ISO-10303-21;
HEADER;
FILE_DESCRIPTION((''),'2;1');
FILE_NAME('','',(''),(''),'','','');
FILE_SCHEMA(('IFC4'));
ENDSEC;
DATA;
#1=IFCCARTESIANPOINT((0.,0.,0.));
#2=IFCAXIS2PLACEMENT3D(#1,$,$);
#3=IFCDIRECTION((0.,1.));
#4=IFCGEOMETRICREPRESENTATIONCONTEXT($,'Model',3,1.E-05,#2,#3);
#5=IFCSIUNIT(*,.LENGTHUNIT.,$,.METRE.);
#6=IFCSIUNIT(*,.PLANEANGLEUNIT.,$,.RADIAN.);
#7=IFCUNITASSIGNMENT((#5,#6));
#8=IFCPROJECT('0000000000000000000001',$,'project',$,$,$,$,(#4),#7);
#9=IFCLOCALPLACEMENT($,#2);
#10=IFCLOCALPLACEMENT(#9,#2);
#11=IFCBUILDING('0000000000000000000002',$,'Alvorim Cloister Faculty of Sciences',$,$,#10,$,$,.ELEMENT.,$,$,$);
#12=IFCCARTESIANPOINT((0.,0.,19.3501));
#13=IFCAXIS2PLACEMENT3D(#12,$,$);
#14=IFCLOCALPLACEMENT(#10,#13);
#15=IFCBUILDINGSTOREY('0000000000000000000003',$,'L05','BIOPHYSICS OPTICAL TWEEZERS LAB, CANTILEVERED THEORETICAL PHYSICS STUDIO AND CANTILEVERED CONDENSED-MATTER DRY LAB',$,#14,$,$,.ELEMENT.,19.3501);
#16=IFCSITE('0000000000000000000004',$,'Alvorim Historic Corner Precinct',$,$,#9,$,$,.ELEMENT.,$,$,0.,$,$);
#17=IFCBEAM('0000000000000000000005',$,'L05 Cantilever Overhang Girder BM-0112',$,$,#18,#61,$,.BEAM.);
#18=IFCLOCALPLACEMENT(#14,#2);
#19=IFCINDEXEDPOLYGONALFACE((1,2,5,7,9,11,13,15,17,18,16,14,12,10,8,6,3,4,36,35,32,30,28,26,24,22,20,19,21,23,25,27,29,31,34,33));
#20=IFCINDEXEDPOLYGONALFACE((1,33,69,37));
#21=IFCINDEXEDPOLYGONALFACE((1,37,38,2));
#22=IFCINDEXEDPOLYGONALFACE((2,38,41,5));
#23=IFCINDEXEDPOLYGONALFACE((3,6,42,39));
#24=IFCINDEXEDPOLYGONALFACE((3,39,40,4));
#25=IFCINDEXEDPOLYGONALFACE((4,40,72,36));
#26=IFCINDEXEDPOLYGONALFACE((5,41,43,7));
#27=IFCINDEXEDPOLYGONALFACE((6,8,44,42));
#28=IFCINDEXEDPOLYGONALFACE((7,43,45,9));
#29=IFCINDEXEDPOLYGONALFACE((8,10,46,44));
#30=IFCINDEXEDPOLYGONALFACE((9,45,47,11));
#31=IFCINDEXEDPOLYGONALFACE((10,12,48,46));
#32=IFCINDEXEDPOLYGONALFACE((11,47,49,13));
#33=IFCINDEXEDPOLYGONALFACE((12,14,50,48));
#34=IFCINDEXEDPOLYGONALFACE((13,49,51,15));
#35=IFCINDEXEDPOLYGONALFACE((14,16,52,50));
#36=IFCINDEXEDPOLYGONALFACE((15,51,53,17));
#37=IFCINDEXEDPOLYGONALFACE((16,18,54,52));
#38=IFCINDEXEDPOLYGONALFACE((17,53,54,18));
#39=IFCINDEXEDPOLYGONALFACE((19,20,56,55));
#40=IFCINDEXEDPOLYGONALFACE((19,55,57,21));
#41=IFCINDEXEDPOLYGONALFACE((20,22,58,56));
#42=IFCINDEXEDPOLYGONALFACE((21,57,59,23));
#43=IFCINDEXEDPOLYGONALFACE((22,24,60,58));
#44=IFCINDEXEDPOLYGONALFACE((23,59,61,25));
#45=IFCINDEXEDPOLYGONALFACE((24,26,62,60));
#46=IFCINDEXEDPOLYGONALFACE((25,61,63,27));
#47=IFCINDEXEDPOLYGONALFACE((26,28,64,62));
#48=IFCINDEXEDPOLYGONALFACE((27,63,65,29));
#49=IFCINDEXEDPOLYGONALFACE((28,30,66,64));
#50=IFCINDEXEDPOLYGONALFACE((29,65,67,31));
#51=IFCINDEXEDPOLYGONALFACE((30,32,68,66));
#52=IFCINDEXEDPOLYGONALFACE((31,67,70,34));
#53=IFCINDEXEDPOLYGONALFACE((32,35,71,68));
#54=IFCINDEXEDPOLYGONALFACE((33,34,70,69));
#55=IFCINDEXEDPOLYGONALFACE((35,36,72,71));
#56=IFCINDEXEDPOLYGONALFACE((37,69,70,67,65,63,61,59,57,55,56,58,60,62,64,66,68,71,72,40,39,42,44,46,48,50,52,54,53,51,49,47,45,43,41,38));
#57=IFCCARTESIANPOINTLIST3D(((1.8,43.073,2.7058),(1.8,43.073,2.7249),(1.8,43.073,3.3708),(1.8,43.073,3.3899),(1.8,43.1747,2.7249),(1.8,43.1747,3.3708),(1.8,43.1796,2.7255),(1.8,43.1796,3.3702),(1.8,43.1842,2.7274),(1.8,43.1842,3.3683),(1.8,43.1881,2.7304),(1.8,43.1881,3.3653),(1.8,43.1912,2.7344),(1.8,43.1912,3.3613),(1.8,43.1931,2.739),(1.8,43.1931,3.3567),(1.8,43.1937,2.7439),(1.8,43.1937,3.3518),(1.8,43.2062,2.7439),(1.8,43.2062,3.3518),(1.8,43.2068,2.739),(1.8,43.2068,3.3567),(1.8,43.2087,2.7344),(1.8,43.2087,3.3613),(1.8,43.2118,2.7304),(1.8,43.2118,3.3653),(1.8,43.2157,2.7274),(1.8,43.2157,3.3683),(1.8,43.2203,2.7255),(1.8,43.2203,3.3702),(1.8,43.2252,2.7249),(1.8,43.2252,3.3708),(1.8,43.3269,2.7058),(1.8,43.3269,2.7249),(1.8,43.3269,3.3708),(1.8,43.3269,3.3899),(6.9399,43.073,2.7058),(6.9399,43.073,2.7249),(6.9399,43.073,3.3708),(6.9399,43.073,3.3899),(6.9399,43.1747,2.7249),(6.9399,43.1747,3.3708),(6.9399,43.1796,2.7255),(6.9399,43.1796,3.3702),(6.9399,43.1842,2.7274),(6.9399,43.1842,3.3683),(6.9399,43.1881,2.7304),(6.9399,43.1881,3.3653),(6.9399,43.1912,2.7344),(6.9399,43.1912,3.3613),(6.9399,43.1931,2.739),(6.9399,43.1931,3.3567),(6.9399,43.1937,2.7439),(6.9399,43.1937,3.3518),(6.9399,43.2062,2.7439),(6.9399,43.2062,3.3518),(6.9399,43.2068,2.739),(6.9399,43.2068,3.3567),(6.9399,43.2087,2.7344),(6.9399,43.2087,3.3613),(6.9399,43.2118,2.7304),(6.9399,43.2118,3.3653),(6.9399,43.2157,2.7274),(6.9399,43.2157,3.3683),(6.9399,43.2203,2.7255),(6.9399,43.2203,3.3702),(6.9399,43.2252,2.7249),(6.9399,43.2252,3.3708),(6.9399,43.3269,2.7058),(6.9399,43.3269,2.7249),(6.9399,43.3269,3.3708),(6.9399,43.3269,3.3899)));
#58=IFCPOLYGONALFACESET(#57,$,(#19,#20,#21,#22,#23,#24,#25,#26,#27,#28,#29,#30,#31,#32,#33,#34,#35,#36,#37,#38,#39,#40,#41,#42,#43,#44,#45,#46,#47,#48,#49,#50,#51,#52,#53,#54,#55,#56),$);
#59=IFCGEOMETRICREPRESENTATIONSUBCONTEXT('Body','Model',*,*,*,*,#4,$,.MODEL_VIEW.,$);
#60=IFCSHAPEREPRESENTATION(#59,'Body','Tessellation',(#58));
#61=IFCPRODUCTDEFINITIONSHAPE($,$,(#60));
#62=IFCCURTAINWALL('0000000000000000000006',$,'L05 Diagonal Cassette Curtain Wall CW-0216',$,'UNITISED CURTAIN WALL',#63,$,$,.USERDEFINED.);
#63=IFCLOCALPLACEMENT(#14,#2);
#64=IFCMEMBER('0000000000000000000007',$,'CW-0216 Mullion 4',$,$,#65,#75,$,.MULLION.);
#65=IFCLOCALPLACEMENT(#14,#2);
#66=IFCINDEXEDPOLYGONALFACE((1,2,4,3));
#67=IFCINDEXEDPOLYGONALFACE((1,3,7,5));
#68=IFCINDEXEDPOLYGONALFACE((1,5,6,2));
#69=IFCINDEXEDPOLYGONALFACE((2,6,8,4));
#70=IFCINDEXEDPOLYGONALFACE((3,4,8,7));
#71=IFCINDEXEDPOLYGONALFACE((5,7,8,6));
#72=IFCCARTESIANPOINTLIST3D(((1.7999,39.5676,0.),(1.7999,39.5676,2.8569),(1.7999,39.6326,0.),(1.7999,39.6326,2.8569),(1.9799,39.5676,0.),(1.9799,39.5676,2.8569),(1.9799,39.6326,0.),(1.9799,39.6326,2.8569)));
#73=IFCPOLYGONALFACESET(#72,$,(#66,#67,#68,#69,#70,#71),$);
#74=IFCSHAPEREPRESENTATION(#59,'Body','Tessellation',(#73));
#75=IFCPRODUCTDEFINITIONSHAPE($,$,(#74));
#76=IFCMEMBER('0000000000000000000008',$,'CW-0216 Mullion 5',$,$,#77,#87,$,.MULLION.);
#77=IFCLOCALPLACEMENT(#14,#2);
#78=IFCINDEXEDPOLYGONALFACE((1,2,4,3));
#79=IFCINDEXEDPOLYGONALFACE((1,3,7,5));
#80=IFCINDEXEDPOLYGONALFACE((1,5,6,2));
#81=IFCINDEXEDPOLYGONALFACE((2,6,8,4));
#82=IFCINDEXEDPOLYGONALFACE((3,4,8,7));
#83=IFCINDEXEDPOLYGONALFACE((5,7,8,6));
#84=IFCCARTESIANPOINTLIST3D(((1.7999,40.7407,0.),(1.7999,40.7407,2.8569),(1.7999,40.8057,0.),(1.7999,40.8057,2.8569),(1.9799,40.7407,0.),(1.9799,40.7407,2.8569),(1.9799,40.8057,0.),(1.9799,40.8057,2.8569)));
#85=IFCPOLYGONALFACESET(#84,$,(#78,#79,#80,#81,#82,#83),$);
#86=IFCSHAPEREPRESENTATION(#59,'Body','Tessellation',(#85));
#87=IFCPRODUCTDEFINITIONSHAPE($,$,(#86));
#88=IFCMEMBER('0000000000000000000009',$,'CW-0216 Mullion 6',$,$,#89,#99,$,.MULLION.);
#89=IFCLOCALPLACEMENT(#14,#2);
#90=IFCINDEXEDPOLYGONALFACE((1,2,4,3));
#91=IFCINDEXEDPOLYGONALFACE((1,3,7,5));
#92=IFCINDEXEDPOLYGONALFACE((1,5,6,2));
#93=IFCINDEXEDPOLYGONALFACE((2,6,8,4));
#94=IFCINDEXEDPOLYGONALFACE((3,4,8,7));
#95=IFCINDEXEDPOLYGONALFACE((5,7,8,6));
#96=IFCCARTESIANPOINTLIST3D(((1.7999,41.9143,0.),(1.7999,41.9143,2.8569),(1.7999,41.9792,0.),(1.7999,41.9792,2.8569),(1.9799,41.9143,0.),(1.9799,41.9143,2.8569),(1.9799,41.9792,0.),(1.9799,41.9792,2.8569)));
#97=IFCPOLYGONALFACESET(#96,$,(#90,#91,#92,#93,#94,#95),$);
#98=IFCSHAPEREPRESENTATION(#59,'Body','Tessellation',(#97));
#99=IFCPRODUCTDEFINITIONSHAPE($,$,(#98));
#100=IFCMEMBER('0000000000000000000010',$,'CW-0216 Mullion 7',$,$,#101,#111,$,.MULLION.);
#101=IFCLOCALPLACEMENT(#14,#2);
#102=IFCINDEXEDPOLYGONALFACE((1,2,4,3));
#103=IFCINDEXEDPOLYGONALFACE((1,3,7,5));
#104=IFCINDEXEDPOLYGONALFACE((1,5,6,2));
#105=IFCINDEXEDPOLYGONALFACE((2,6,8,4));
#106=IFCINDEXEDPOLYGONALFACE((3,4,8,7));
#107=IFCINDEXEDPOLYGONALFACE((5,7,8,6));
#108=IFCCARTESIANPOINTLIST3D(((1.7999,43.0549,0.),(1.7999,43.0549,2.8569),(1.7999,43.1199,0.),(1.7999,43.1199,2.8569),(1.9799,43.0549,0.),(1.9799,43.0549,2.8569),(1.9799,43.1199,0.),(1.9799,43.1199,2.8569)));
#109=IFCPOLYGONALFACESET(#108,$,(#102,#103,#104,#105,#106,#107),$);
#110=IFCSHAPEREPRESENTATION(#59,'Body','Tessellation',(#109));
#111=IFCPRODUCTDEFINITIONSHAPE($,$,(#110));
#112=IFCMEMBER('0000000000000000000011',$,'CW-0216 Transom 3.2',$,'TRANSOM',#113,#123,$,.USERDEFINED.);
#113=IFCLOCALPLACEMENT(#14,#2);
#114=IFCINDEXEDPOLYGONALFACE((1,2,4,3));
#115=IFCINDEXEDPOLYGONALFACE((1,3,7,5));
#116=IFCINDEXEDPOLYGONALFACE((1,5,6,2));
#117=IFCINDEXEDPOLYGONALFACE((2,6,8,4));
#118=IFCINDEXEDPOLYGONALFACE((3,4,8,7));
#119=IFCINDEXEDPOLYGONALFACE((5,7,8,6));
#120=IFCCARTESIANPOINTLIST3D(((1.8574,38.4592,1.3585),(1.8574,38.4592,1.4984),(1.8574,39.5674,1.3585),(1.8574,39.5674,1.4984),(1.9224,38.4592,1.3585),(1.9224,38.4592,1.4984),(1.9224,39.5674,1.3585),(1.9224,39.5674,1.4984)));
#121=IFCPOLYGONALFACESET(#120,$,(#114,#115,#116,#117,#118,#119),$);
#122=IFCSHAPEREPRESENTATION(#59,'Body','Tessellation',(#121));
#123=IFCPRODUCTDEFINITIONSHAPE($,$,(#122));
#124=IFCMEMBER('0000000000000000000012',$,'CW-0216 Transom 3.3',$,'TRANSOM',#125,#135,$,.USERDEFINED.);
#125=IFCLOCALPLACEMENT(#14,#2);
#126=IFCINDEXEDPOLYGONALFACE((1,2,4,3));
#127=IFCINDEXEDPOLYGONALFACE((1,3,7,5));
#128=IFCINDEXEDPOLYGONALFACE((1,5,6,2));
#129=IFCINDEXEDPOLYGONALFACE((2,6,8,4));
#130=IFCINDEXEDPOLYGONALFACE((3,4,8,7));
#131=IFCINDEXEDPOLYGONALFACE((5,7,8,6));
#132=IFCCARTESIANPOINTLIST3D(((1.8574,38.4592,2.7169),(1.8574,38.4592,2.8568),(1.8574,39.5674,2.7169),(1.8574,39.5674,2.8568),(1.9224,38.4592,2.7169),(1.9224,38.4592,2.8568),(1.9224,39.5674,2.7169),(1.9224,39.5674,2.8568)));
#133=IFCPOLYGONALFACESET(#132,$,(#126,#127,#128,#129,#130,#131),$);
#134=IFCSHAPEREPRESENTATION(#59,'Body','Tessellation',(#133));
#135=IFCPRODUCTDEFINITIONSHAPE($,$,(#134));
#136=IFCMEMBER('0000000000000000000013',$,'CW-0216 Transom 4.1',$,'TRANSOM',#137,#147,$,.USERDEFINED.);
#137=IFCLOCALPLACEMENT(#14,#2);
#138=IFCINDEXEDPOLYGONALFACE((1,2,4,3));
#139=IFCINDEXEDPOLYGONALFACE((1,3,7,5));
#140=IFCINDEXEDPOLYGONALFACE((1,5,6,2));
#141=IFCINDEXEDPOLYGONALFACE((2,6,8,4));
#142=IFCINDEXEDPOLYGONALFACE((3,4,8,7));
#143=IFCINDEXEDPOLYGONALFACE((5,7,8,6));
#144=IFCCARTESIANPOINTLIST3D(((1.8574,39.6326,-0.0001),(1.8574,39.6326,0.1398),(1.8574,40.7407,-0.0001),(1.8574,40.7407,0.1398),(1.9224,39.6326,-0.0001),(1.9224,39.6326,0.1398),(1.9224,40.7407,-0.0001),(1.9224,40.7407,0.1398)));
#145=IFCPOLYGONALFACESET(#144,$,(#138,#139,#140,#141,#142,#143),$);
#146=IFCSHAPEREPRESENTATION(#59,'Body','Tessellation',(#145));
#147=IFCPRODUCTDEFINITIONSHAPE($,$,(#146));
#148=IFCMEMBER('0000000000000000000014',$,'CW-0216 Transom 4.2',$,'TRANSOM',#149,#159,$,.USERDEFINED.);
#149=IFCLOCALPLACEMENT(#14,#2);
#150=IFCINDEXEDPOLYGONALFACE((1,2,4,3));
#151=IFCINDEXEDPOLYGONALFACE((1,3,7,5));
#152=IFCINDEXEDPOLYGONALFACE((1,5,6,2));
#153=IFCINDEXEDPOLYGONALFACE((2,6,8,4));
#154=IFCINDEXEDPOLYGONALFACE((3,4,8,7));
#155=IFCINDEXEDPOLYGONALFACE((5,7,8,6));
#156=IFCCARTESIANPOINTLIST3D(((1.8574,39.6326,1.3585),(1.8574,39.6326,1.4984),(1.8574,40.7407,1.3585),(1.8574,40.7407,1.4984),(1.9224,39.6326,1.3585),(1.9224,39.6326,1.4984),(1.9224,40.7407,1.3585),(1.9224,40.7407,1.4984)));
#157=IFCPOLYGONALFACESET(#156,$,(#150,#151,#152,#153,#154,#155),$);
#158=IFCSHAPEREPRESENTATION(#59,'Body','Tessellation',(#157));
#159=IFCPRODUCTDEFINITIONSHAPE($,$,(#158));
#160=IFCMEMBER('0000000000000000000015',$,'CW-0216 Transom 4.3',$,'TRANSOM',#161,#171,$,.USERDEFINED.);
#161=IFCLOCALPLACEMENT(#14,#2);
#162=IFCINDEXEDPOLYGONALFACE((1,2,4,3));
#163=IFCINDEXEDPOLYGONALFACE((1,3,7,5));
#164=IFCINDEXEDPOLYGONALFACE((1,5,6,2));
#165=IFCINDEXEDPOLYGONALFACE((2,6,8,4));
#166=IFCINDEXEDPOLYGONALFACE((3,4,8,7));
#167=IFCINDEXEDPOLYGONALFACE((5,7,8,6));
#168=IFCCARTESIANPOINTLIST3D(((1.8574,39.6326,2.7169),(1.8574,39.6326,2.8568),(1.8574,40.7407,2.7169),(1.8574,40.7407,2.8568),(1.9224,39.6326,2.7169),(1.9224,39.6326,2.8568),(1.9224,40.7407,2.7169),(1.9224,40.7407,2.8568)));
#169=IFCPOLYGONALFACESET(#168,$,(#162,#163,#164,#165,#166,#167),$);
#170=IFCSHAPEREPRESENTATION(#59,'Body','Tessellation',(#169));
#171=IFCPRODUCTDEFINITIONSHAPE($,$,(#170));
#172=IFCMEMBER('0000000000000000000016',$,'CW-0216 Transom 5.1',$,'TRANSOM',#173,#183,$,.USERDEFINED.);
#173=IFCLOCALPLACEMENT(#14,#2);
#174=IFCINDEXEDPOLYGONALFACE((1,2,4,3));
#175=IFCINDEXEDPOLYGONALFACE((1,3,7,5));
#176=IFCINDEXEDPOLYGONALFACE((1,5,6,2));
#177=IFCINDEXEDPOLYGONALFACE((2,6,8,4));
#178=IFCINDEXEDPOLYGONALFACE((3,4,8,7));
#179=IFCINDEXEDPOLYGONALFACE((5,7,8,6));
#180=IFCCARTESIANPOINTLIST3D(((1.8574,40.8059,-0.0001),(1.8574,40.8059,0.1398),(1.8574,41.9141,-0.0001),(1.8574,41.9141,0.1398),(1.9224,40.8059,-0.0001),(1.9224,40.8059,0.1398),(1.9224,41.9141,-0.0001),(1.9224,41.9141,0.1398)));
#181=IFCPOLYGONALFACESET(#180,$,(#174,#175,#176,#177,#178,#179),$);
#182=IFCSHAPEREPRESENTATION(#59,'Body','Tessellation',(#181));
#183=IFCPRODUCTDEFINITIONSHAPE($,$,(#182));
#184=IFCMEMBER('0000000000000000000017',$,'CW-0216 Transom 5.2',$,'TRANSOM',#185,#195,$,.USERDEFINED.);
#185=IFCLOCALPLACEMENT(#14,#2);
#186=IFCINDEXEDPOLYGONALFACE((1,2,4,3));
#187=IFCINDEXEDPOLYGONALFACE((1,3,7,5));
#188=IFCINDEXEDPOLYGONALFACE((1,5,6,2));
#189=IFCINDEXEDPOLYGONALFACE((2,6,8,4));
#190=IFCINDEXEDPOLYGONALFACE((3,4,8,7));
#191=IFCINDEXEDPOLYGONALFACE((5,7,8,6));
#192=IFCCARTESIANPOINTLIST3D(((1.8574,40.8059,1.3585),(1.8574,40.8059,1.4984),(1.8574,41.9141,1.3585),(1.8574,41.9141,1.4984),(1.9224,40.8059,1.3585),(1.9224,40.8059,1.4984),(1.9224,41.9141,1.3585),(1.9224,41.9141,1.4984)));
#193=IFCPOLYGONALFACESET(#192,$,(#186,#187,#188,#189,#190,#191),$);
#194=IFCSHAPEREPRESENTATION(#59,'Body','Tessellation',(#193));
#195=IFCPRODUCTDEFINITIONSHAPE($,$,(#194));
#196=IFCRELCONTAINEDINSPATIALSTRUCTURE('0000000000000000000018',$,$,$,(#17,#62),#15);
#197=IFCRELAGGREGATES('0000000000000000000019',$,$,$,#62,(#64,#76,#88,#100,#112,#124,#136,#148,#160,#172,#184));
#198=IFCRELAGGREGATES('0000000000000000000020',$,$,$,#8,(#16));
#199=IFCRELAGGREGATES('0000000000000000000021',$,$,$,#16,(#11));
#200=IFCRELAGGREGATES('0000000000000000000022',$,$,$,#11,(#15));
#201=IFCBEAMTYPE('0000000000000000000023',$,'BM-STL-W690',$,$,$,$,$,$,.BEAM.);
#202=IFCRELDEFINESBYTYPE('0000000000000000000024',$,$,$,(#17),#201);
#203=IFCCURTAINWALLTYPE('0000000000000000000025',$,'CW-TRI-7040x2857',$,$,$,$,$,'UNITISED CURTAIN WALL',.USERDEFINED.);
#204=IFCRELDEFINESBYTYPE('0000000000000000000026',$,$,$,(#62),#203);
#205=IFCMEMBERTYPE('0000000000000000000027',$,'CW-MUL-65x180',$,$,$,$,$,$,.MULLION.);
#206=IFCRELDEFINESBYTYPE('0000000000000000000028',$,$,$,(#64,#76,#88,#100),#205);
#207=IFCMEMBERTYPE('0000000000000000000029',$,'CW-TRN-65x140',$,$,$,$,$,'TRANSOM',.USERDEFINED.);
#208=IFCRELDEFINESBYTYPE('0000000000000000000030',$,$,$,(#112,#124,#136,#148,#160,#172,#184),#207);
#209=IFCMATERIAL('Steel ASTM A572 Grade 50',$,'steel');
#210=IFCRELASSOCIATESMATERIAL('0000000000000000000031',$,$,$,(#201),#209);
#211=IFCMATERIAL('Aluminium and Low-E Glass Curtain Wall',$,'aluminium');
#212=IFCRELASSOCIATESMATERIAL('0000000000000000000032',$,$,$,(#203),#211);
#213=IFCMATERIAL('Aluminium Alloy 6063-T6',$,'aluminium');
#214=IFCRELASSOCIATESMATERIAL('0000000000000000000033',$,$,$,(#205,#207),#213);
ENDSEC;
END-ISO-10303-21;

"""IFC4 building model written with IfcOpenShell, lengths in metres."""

from ifc_helpers import new_model, si_unit, direction, frame, origin, origin_2d, place, context, subcontext, project, spatial, rectangle, i_section, extrude, material, material_profile, profile_set, type_object, element, aggregate, save


model = new_model("IFC4")

# Units and contexts
model_context = context("Model", 3, precision=1e-05, world=origin(), true_north=direction((0.0, 1.0)))
body_context = subcontext(model_context, "Body", "Model", "MODEL_VIEW")
ifc_project = project(units=[si_unit("LENGTHUNIT", "METRE"), si_unit("PLANEANGLEUNIT", "RADIAN")], contexts=[model_context])

# Site, building, storey
site_placement = place(None, origin())
site = spatial("IfcSite", under=ifc_project, at=site_placement, Name="Alvorim Historic Corner Precinct", CompositionType="ELEMENT", RefElevation=0.0)
building_placement = place(site_placement, origin())
building = spatial("IfcBuilding", under=site, at=building_placement, Name="Alvorim Cloister Faculty of Sciences", CompositionType="ELEMENT")
storey_placement = place(building_placement, frame((0.0, 0.0, 19.3501)))
storey = spatial("IfcBuildingStorey", under=building, at=storey_placement, Name="L05", Description="BIOPHYSICS OPTICAL TWEEZERS LAB, CANTILEVERED THEORETICAL PHYSICS STUDIO AND CANTILEVERED CONDENSED-MATTER DRY LAB", CompositionType="ELEMENT", Elevation=19.3501)

# Beam
ifc_material_1 = material(Name="Steel ASTM A572 Grade 50", Category="steel")
ifc_material_profile_1 = material_profile(ifc_material_1, i_section(OverallWidth=0.2539, OverallDepth=0.6841, WebThickness=0.0125, FlangeThickness=0.019, FilletRadius=0.019, at=origin_2d()), Name="W690x140.0")
ifc_profile_set_1 = profile_set([ifc_material_profile_1], Name="Steel ASTM A572 Grade 50")
beam_type = type_object("IfcBeamType", Name="BM-STL-W690", PredefinedType="BEAM", material=ifc_profile_set_1)
beam_placement = place(storey_placement, frame((1.8, 43.2, 3.0479), z_axis=(1.0, 0.0, 0.0), x_axis=(0.0, 1.0, 0.0)))
element("IfcBeam", 1, at=beam_placement, inside=storey, type_object=beam_type, Name="L05 Cantilever Overhang Girder BM-0112", PredefinedType="BEAM", context=body_context, shape_type="SweptSolid", body=[
    extrude(i_section(OverallWidth=0.2539, OverallDepth=0.6841, WebThickness=0.0125, FlangeThickness=0.019, FilletRadius=0.019, at=origin_2d()), origin(), (0.0, 0.0, 1.0), 5.1399),
])

# Curtain wall, members
ifc_material_2 = material(Name="Aluminium and Low-E Glass Curtain Wall", Category="aluminium")
curtain_wall_type = type_object("IfcCurtainWallType", Name="CW-TRI-7040x2857", ElementType="UNITISED CURTAIN WALL", PredefinedType="USERDEFINED", material=ifc_material_2)
curtain_wall_placement = place(storey_placement, origin())
curtain_wall = element("IfcCurtainWall", 2, at=curtain_wall_placement, inside=storey, type_object=curtain_wall_type, Name="L05 Diagonal Cassette Curtain Wall CW-0216", ObjectType="UNITISED CURTAIN WALL", PredefinedType="USERDEFINED")
ifc_material_3 = material(Name="Aluminium Alloy 6063-T6", Category="aluminium")
ifc_material_profile_2 = material_profile(ifc_material_3, rectangle(XDim=0.0649, YDim=0.1799, at=origin_2d()), Name="ALU-MUL-65x180")
ifc_profile_set_2 = profile_set([ifc_material_profile_2], Name="Aluminium Alloy 6063-T6")
member_type_1 = type_object("IfcMemberType", Name="CW-MUL-65x180", PredefinedType="MULLION", material=ifc_profile_set_2)
member_1_placement = place(storey_placement, frame((1.8899, 39.6001, 0.0), z_axis=(0.0, 0.0, 1.0), x_axis=(0.0, 1.0, 0.0)))
member_1 = element("IfcMember", 3, at=member_1_placement, type_object=member_type_1, Name="CW-0216 Mullion 4", PredefinedType="MULLION", context=body_context, shape_type="SweptSolid", body=[
    extrude(rectangle(XDim=0.0649, YDim=0.1799, at=origin_2d()), origin(), (0.0, 0.0, 1.0), 2.8569),
])
member_2_placement = place(storey_placement, frame((1.8899, 40.7732, 0.0), z_axis=(0.0, 0.0, 1.0), x_axis=(0.0, 1.0, 0.0)))
member_2 = element("IfcMember", 4, at=member_2_placement, type_object=member_type_1, Name="CW-0216 Mullion 5", PredefinedType="MULLION", context=body_context, shape_type="SweptSolid", body=[
    extrude(rectangle(XDim=0.0649, YDim=0.1799, at=origin_2d()), origin(), (0.0, 0.0, 1.0), 2.8569),
])
member_3_placement = place(storey_placement, frame((1.8899, 41.9468, 0.0), z_axis=(0.0, 0.0, 1.0), x_axis=(0.0, 1.0, 0.0)))
member_3 = element("IfcMember", 5, at=member_3_placement, type_object=member_type_1, Name="CW-0216 Mullion 6", PredefinedType="MULLION", context=body_context, shape_type="SweptSolid", body=[
    extrude(rectangle(XDim=0.0649, YDim=0.1799, at=origin_2d()), origin(), (0.0, 0.0, 1.0), 2.8569),
])
member_4_placement = place(storey_placement, frame((1.8899, 43.0874, 0.0), z_axis=(0.0, 0.0, 1.0), x_axis=(0.0, 1.0, 0.0)))
member_4 = element("IfcMember", 6, at=member_4_placement, type_object=member_type_1, Name="CW-0216 Mullion 7", PredefinedType="MULLION", context=body_context, shape_type="SweptSolid", body=[
    extrude(rectangle(XDim=0.0649, YDim=0.1799, at=origin_2d()), origin(), (0.0, 0.0, 1.0), 2.8569),
])
ifc_material_profile_3 = material_profile(ifc_material_3, rectangle(XDim=0.0649, YDim=0.1399, at=origin_2d()), Name="ALU-TRN-65x140")
ifc_profile_set_3 = profile_set([ifc_material_profile_3], Name="Aluminium Alloy 6063-T6")
member_type_2 = type_object("IfcMemberType", Name="CW-TRN-65x140", ElementType="TRANSOM", PredefinedType="USERDEFINED", material=ifc_profile_set_3)
member_5_placement = place(storey_placement, frame((1.8899, 38.4592, 1.4285), z_axis=(0.0, 1.0, 0.0), x_axis=(-1.0, 0.0, 0.0)))
member_5 = element("IfcMember", 7, at=member_5_placement, type_object=member_type_2, Name="CW-0216 Transom 3.2", ObjectType="TRANSOM", PredefinedType="USERDEFINED", context=body_context, shape_type="SweptSolid", body=[
    extrude(rectangle(XDim=0.0649, YDim=0.1399, at=origin_2d()), origin(), (0.0, 0.0, 1.0), 1.1082),
])
member_6_placement = place(storey_placement, frame((1.8899, 38.4592, 2.7869), z_axis=(0.0, 1.0, 0.0), x_axis=(-1.0, 0.0, 0.0)))
member_6 = element("IfcMember", 8, at=member_6_placement, type_object=member_type_2, Name="CW-0216 Transom 3.3", ObjectType="TRANSOM", PredefinedType="USERDEFINED", context=body_context, shape_type="SweptSolid", body=[
    extrude(rectangle(XDim=0.0649, YDim=0.1399, at=origin_2d()), origin(), (0.0, 0.0, 1.0), 1.1082),
])
member_7_placement = place(storey_placement, frame((1.8899, 39.6326, 0.0698), z_axis=(0.0, 1.0, 0.0), x_axis=(-1.0, 0.0, 0.0)))
member_7 = element("IfcMember", 9, at=member_7_placement, type_object=member_type_2, Name="CW-0216 Transom 4.1", ObjectType="TRANSOM", PredefinedType="USERDEFINED", context=body_context, shape_type="SweptSolid", body=[
    extrude(rectangle(XDim=0.0649, YDim=0.1399, at=origin_2d()), origin(), (0.0, 0.0, 1.0), 1.1082),
])
member_8_placement = place(storey_placement, frame((1.8899, 39.6326, 1.4285), z_axis=(0.0, 1.0, 0.0), x_axis=(-1.0, 0.0, 0.0)))
member_8 = element("IfcMember", 10, at=member_8_placement, type_object=member_type_2, Name="CW-0216 Transom 4.2", ObjectType="TRANSOM", PredefinedType="USERDEFINED", context=body_context, shape_type="SweptSolid", body=[
    extrude(rectangle(XDim=0.0649, YDim=0.1399, at=origin_2d()), origin(), (0.0, 0.0, 1.0), 1.1082),
])
member_9_placement = place(storey_placement, frame((1.8899, 39.6326, 2.7869), z_axis=(0.0, 1.0, 0.0), x_axis=(-1.0, 0.0, 0.0)))
member_9 = element("IfcMember", 11, at=member_9_placement, type_object=member_type_2, Name="CW-0216 Transom 4.3", ObjectType="TRANSOM", PredefinedType="USERDEFINED", context=body_context, shape_type="SweptSolid", body=[
    extrude(rectangle(XDim=0.0649, YDim=0.1399, at=origin_2d()), origin(), (0.0, 0.0, 1.0), 1.1082),
])
member_10_placement = place(storey_placement, frame((1.8899, 40.8059, 0.0698), z_axis=(0.0, 1.0, 0.0), x_axis=(-1.0, 0.0, 0.0)))
member_10 = element("IfcMember", 12, at=member_10_placement, type_object=member_type_2, Name="CW-0216 Transom 5.1", ObjectType="TRANSOM", PredefinedType="USERDEFINED", context=body_context, shape_type="SweptSolid", body=[
    extrude(rectangle(XDim=0.0649, YDim=0.1399, at=origin_2d()), origin(), (0.0, 0.0, 1.0), 1.1082),
])
member_11_placement = place(storey_placement, frame((1.8899, 40.8059, 1.4285), z_axis=(0.0, 1.0, 0.0), x_axis=(-1.0, 0.0, 0.0)))
member_11 = element("IfcMember", 13, at=member_11_placement, type_object=member_type_2, Name="CW-0216 Transom 5.2", ObjectType="TRANSOM", PredefinedType="USERDEFINED", context=body_context, shape_type="SweptSolid", body=[
    extrude(rectangle(XDim=0.0649, YDim=0.1399, at=origin_2d()), origin(), (0.0, 0.0, 1.0), 1.1082),
])
aggregate(curtain_wall, [member_1, member_2, member_3, member_4, member_5, member_6, member_7, member_8, member_9, member_10, member_11])

save(model, "model.ifc")
